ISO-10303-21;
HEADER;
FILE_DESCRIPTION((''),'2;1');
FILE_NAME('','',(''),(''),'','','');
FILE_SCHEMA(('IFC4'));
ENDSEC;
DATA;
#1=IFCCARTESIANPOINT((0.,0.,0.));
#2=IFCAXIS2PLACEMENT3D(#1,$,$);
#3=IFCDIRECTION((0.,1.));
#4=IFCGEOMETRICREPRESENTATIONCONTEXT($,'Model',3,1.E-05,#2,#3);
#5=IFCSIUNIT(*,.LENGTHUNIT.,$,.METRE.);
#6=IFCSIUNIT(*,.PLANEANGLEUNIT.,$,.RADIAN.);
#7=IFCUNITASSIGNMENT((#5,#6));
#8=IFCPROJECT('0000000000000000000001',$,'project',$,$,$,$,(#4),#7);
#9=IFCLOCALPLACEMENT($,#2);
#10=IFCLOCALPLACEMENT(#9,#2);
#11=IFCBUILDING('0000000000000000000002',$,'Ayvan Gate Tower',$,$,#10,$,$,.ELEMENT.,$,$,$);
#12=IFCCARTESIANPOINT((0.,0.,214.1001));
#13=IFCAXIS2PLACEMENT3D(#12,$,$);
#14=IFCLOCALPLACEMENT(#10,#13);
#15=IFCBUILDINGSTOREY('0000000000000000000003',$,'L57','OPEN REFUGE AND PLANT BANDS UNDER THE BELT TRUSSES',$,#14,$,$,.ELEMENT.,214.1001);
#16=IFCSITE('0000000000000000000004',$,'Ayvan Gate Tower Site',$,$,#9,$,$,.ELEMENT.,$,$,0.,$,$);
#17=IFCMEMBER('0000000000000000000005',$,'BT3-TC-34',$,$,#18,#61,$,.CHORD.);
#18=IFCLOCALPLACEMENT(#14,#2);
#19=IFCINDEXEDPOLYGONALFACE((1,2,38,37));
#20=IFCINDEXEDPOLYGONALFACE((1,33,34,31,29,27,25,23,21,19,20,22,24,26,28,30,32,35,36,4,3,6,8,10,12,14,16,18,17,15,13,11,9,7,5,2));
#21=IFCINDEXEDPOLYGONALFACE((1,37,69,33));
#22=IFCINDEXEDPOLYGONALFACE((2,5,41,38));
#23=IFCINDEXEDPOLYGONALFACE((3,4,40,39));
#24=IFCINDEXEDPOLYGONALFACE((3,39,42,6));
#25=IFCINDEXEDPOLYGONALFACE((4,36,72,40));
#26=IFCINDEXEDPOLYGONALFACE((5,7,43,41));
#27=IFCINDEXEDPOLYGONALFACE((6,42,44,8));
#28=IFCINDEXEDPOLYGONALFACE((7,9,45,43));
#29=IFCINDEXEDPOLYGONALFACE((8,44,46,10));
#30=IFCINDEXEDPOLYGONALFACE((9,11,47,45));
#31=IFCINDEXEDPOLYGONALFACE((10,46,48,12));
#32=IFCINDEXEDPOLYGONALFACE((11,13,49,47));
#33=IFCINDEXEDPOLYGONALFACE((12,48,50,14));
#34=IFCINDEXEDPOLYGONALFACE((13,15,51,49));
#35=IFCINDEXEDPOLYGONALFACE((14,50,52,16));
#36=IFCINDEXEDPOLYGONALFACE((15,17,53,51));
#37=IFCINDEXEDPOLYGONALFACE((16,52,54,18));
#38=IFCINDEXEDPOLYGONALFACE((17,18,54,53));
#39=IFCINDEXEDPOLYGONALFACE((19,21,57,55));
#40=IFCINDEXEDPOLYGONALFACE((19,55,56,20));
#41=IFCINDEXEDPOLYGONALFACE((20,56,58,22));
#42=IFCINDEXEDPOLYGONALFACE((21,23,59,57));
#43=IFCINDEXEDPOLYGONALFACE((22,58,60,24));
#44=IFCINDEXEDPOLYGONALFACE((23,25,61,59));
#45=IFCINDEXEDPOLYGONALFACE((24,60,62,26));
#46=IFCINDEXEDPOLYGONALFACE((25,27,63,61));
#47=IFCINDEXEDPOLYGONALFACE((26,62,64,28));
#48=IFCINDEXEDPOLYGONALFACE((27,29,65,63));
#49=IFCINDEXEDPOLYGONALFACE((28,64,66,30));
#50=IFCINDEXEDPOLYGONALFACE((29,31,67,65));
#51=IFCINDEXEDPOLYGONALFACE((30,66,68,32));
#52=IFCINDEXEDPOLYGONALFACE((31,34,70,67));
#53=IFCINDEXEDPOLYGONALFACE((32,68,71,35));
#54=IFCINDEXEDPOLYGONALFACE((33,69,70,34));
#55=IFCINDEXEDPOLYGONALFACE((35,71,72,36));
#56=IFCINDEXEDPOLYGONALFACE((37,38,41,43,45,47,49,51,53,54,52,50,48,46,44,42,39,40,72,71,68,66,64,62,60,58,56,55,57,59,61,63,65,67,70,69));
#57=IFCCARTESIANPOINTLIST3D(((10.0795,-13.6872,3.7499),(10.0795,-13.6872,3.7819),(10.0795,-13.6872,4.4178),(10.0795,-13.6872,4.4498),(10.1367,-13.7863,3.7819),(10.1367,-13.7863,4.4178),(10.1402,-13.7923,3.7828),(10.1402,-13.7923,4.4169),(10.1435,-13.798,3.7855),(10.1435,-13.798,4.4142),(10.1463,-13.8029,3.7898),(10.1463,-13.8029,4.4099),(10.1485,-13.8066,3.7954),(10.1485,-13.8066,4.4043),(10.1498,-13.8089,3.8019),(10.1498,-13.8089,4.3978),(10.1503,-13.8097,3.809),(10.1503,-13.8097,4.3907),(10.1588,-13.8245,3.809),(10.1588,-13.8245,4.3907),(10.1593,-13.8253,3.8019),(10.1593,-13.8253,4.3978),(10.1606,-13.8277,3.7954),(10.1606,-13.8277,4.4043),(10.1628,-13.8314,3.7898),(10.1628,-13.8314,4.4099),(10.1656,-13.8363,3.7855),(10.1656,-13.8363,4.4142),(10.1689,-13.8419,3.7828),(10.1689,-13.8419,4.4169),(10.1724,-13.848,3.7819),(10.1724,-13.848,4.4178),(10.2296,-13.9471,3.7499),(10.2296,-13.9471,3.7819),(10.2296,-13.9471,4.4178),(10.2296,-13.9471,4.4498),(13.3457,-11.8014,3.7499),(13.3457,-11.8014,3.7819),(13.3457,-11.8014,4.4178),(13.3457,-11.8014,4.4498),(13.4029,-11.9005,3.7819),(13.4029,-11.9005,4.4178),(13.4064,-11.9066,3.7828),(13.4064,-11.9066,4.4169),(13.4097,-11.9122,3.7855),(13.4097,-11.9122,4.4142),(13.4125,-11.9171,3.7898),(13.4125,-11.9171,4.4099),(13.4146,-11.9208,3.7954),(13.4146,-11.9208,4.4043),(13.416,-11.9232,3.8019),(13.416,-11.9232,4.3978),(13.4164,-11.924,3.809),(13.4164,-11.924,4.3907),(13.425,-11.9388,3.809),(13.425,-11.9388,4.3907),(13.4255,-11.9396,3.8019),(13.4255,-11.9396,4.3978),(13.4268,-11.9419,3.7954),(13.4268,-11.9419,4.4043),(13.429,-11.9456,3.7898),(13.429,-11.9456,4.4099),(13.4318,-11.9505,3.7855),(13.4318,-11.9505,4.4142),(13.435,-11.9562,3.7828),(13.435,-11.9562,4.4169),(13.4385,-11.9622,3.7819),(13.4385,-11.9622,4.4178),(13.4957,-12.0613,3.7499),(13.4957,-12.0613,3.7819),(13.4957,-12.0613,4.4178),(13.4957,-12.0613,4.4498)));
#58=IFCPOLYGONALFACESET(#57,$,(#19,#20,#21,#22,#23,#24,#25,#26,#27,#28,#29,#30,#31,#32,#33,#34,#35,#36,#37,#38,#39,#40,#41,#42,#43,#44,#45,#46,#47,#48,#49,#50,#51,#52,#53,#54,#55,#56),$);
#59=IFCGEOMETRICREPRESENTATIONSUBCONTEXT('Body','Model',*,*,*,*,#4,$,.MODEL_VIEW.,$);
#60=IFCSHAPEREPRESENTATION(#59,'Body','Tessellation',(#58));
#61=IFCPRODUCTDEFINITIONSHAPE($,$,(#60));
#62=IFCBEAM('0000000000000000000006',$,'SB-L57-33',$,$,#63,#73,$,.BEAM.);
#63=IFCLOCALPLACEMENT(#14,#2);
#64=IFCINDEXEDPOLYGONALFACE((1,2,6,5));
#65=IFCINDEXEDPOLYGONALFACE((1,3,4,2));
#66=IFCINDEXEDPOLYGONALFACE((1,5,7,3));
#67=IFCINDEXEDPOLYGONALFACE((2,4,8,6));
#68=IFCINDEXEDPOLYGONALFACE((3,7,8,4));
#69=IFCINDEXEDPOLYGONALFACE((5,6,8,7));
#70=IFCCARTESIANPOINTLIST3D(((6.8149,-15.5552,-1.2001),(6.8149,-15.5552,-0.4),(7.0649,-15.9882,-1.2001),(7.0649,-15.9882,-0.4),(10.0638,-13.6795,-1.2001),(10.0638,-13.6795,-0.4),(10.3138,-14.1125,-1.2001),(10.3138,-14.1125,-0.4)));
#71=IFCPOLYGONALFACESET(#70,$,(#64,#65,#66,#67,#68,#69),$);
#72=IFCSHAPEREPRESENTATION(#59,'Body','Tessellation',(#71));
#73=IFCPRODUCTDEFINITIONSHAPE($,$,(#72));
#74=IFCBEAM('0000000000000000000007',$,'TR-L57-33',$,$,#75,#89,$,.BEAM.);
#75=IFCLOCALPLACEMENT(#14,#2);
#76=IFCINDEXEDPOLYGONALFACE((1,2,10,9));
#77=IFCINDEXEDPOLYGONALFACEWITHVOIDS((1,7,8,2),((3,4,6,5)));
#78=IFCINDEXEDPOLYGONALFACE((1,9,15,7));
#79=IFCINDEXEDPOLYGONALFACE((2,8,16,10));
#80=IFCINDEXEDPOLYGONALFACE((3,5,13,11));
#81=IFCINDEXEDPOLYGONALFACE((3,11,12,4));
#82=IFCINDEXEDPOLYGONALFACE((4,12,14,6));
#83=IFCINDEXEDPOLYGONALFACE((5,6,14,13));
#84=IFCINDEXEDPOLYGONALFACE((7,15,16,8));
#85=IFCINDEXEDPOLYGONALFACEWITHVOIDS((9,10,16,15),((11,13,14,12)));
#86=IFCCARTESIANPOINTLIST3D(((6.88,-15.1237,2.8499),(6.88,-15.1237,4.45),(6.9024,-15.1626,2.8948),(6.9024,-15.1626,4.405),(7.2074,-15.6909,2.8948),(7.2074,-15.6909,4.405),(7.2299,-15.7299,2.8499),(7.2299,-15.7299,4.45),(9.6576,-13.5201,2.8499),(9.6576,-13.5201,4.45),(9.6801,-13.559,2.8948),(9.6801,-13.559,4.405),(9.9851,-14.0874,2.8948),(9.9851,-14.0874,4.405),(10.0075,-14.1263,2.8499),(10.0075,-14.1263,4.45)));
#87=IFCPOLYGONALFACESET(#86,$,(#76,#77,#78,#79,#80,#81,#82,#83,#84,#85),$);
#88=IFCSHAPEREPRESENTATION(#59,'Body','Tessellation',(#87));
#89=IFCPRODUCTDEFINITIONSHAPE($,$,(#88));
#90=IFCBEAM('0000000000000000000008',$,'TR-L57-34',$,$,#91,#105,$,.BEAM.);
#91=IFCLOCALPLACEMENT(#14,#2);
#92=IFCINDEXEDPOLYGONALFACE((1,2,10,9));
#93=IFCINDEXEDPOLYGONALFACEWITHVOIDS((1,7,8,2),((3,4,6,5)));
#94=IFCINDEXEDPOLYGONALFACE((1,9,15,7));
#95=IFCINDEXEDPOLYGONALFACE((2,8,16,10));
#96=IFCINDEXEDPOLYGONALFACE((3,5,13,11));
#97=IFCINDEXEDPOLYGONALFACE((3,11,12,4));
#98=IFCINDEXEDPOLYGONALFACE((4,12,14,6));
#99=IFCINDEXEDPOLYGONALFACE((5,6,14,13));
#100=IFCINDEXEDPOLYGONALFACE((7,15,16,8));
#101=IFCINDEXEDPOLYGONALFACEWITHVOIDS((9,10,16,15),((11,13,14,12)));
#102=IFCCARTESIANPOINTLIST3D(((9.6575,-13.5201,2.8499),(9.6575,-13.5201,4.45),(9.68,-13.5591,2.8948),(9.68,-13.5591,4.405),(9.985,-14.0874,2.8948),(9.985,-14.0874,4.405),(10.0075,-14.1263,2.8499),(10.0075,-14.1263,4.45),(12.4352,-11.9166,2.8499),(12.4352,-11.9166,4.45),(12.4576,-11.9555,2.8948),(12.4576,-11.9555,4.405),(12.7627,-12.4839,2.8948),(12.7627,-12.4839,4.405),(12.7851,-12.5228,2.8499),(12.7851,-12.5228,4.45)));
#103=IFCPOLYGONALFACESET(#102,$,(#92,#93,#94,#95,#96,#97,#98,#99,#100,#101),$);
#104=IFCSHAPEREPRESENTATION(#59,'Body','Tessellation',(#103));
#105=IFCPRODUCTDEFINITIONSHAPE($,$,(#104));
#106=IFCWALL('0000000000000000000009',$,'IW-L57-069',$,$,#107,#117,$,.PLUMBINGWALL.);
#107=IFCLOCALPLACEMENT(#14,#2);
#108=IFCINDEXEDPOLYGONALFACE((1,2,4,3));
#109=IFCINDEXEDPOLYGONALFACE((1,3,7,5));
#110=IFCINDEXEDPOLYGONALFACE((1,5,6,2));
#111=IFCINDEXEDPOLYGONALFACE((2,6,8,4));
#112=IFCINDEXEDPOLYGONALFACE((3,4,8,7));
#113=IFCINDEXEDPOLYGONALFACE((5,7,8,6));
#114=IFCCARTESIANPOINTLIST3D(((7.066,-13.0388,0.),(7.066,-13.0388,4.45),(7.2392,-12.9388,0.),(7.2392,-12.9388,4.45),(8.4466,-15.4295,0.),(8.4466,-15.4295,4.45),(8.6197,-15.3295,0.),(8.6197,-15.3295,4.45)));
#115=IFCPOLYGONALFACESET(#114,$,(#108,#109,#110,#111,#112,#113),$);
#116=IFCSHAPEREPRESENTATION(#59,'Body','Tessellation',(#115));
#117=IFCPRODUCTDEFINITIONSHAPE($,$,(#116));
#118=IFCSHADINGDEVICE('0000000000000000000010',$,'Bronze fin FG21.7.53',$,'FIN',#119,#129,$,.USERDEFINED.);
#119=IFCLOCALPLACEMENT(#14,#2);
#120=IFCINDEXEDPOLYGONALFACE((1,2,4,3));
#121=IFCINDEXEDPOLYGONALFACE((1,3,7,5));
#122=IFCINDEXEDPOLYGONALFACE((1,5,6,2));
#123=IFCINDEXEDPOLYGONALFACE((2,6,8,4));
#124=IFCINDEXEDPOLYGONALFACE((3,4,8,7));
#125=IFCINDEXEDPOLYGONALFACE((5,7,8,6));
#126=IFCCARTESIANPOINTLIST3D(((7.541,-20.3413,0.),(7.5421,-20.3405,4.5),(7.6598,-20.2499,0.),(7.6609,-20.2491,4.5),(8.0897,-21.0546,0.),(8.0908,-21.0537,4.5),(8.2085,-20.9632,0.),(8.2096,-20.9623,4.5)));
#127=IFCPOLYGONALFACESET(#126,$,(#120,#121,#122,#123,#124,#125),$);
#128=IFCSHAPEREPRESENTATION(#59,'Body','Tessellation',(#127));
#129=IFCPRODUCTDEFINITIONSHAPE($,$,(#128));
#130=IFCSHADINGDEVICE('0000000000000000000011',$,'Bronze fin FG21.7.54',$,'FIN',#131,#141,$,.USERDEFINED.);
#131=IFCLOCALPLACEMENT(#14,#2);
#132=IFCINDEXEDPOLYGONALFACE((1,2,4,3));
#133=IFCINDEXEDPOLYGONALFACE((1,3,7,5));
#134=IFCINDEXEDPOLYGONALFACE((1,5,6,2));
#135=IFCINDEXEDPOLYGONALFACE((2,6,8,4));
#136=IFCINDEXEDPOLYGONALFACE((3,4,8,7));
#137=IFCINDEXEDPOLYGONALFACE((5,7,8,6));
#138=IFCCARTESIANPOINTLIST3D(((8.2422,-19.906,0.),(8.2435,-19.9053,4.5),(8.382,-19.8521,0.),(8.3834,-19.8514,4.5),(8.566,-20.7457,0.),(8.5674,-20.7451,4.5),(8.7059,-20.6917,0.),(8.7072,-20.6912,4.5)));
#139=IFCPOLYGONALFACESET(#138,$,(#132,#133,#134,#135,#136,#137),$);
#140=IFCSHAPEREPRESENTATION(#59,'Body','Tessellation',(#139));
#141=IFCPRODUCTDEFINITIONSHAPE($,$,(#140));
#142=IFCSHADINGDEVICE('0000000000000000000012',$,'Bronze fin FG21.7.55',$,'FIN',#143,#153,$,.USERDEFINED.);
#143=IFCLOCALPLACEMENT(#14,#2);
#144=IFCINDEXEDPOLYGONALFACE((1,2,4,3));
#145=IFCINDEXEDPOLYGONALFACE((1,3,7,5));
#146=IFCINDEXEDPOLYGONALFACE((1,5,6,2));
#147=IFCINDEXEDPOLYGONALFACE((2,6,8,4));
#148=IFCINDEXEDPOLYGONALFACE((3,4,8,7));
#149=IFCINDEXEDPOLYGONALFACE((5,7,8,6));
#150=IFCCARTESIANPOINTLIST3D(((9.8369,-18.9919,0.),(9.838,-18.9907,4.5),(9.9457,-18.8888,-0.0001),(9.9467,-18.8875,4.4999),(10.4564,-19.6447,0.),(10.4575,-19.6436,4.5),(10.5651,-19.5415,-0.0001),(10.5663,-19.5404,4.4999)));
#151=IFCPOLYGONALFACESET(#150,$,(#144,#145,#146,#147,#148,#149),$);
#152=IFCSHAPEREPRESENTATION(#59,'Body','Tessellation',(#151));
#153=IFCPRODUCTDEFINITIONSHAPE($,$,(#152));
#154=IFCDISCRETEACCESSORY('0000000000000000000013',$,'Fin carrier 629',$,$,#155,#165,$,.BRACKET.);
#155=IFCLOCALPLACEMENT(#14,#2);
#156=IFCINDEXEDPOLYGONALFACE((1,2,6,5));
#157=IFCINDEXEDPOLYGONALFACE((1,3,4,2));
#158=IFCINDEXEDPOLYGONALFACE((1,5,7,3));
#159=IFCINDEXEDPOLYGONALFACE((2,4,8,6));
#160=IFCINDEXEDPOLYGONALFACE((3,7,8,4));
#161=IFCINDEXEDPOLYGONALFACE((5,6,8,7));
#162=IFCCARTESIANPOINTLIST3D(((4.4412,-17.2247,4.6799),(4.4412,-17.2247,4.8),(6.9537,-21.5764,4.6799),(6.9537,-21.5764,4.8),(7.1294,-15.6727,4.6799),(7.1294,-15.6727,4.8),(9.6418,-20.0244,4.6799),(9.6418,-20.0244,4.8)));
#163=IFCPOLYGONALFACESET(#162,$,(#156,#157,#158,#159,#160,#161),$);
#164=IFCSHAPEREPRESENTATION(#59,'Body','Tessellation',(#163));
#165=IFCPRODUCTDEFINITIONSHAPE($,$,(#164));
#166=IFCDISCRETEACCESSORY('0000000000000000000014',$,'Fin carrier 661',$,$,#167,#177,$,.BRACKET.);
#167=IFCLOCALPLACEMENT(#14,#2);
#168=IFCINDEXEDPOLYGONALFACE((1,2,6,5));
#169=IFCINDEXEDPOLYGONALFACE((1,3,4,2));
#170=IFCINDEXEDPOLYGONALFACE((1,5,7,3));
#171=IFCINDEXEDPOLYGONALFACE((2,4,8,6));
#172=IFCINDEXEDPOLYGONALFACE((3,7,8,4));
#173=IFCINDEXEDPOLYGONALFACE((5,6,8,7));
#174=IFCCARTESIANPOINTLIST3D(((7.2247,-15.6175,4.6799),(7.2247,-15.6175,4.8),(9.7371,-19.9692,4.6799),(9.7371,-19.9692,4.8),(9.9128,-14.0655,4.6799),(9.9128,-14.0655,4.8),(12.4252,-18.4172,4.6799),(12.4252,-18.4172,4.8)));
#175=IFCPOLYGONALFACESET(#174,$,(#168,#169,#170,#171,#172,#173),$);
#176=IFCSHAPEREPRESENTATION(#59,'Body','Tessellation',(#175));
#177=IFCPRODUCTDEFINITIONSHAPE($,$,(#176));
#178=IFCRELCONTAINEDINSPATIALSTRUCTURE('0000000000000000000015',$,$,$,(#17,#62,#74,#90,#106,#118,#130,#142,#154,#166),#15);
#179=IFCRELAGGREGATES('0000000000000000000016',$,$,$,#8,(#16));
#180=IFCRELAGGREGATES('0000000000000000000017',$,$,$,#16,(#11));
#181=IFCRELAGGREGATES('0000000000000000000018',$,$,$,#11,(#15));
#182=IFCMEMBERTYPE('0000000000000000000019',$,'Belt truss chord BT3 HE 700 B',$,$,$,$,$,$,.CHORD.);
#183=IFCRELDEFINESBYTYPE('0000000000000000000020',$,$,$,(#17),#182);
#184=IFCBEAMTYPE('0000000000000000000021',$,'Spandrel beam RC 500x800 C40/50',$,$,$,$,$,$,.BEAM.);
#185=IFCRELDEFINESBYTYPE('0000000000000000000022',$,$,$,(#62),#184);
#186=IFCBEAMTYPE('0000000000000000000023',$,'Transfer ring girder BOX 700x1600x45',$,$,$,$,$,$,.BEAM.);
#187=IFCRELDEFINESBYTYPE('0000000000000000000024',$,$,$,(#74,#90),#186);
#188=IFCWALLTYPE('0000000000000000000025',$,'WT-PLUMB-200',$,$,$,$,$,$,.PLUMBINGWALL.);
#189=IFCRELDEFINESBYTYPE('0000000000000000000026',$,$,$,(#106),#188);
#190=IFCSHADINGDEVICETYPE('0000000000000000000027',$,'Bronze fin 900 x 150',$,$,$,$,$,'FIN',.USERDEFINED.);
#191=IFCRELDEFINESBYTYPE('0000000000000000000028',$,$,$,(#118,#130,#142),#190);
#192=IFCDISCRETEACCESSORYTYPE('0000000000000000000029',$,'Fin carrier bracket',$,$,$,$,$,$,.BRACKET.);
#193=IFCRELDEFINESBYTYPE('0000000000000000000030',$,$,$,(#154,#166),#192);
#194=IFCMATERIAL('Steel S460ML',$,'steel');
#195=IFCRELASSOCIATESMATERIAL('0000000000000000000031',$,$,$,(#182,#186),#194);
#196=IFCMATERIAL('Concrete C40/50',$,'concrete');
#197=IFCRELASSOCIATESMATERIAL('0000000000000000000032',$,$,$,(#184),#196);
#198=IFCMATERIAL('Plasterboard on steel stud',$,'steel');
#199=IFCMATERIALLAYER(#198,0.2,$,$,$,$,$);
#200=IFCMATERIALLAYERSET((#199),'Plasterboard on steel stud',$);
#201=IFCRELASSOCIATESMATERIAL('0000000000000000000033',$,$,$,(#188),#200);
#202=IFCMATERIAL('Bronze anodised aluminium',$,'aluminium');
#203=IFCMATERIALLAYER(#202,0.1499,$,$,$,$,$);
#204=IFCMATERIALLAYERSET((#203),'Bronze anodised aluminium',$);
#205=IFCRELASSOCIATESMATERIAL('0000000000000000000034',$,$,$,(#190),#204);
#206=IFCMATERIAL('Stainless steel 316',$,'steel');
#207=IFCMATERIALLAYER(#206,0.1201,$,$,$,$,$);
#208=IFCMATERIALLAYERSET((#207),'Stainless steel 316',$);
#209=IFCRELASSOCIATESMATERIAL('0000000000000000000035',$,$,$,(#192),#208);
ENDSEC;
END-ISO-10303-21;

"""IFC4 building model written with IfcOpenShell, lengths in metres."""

from ifc_helpers import new_model, si_unit, direction, frame, frame_2d, origin, origin_2d, place, context, subcontext, project, spatial, polyline, rectangle, hollow_rectangle, i_section, outline, extrude, material, layer, layer_set, material_profile, profile_set, type_object, element, save


model = new_model("IFC4")

# Units and contexts
model_context = context("Model", 3, precision=1e-05, world=origin(), true_north=direction((0.0, 1.0)))
body_context = subcontext(model_context, "Body", "Model", "MODEL_VIEW")
ifc_project = project(units=[si_unit("LENGTHUNIT", "METRE"), si_unit("PLANEANGLEUNIT", "RADIAN")], contexts=[model_context])

# Site, building, storey
site_placement = place(None, origin())
site = spatial("IfcSite", under=ifc_project, at=site_placement, Name="Ayvan Gate Tower Site", CompositionType="ELEMENT", RefElevation=0.0)
building_placement = place(site_placement, origin())
building = spatial("IfcBuilding", under=site, at=building_placement, Name="Ayvan Gate Tower", CompositionType="ELEMENT")
storey_placement = place(building_placement, frame((0.0, 0.0, 214.1001)))
storey = spatial("IfcBuildingStorey", under=building, at=storey_placement, Name="L57", Description="OPEN REFUGE AND PLANT BANDS UNDER THE BELT TRUSSES", CompositionType="ELEMENT", Elevation=214.1001)

# Member
ifc_material_1 = material(Name="Steel S460ML", Category="steel")
ifc_material_profile_1 = material_profile(ifc_material_1, i_section(OverallWidth=0.3, OverallDepth=0.7, WebThickness=0.0171, FlangeThickness=0.032, FilletRadius=0.0271, at=origin_2d()), Name="HE 700 B")
ifc_profile_set_1 = profile_set([ifc_material_profile_1], Name="Steel S460ML")
member_type_1 = type_object("IfcMemberType", Name="Belt truss chord BT3 HE 700 B", PredefinedType="CHORD", material=ifc_profile_set_1)
member_1_placement = place(storey_placement, frame((10.1545, -13.8171, 4.0999), z_axis=(0.86602, 0.50001, 0.0), x_axis=(-0.50001, 0.86602, 0.0)))
element("IfcMember", 1, at=member_1_placement, inside=storey, type_object=member_type_1, Name="BT3-TC-34", PredefinedType="CHORD", context=body_context, shape_type="SweptSolid", body=[
    extrude(i_section(OverallWidth=0.3, OverallDepth=0.7, WebThickness=0.0171, FlangeThickness=0.032, FilletRadius=0.0271, at=origin_2d()), origin(), (0.0, 0.0, 1.0), 3.7715),
])

# Beams
ifc_material_2 = material(Name="Concrete C40/50", Category="concrete")
ifc_material_profile_2 = material_profile(ifc_material_2, rectangle(XDim=0.5, YDim=0.8, at=origin_2d()), Name="RC 500x800")
ifc_profile_set_2 = profile_set([ifc_material_profile_2], Name="Concrete C40/50")
beam_type_1 = type_object("IfcBeamType", Name="Spandrel beam RC 500x800 C40/50", PredefinedType="BEAM", material=ifc_profile_set_2)
beam_placement = place(storey_placement, frame((6.9399, -15.7717, -0.8), z_axis=(0.86602, 0.50001, 0.0), x_axis=(-0.50001, 0.86602, 0.0)))
element("IfcBeam", 2, at=beam_placement, inside=storey, type_object=beam_type_1, Name="SB-L57-33", PredefinedType="BEAM", context=body_context, shape_type="SweptSolid", body=[
    extrude(rectangle(XDim=0.5, YDim=0.8, at=origin_2d()), origin(), (0.0, 0.0, 1.0), 3.7515),
])
ifc_material_profile_3 = material_profile(ifc_material_1, hollow_rectangle(XDim=0.7, YDim=1.6001, WallThickness=0.0449, at=origin_2d()), Name="BOX 700x1600x45")
ifc_profile_set_3 = profile_set([ifc_material_profile_3], Name="Steel S460ML")
beam_type_2 = type_object("IfcBeamType", Name="Transfer ring girder BOX 700x1600x45", PredefinedType="BEAM", material=ifc_profile_set_3)
for number, where, z_axis, x_axis, name in (
    (3, (7.0549, -15.4268, 3.6499), (0.866042, 0.499971, 0.0), (-0.499971, 0.866042, 0.0), "TR-L57-33"),
    (4, (9.8325, -13.8232, 3.6499), (0.866042, 0.499971, 0.0), (-0.499971, 0.866042, 0.0), "TR-L57-34"),
):
    element("IfcBeam", number, at=place(storey_placement, frame(where, z_axis=z_axis, x_axis=x_axis)), inside=storey, type_object=beam_type_2, Name=name, PredefinedType="BEAM", context=body_context, shape_type="SweptSolid", body=[
        extrude(hollow_rectangle(XDim=0.7, YDim=1.6001, WallThickness=0.0449, at=origin_2d()), origin(), (0.0, 0.0, 1.0), 3.2073),
    ])

# Wall
ifc_material_3 = material(Name="Plasterboard on steel stud", Category="steel")
ifc_layer_1 = layer(ifc_material_3, 0.2)
ifc_layer_set_1 = layer_set([ifc_layer_1], Name="Plasterboard on steel stud")
wall_type = type_object("IfcWallType", Name="WT-PLUMB-200", PredefinedType="PLUMBINGWALL", material=ifc_layer_set_1)
wall_placement = place(storey_placement, frame((7.1526, -12.9888, 0.0), z_axis=(0.0, 0.0, 1.0), x_axis=(0.500067, -0.865987, 0.0)))
element("IfcWall", 5, at=wall_placement, inside=storey, type_object=wall_type, Name="IW-L57-069", PredefinedType="PLUMBINGWALL", context=body_context, shape_type="SweptSolid", body=[
    extrude(rectangle(XDim=2.7607, YDim=0.2, at=frame_2d((1.3804, 0.0))), origin(), (0.0, 0.0, 1.0), 4.45),
])

# Shading devices
ifc_material_4 = material(Name="Bronze anodised aluminium", Category="aluminium")
ifc_layer_2 = layer(ifc_material_4, 0.1499)
ifc_layer_set_2 = layer_set([ifc_layer_2], Name="Bronze anodised aluminium")
shading_device_type = type_object("IfcShadingDeviceType", Name="Bronze fin 900 x 150", ElementType="FIN", PredefinedType="USERDEFINED", material=ifc_layer_set_2)
shading_device_1_placement = place(storey_placement, frame((7.541, -20.3413, 0.0), z_axis=(-0.792599, -0.609744, 0.000309), x_axis=(0.609744, -0.792599, 0.0)))
element("IfcShadingDevice", 6, at=shading_device_1_placement, inside=storey, type_object=shading_device_type, Name="Bronze fin FG21.7.53", ObjectType="FIN", PredefinedType="USERDEFINED", context=body_context, shape_type="SweptSolid", body=[
    extrude(outline(polyline([(0.0, 0.0), (0.8999, 0.0), (0.8999, 4.5), (0.0, 4.5), (0.0, 0.0)])), origin(), (0.0, 0.0, -1.0), 0.1499),
])
shading_device_2_placement = place(storey_placement, frame((8.2422, -19.906, 0.0), z_axis=(-0.933017, -0.359833, 0.000327), x_axis=(0.359833, -0.933017, 0.0)))
element("IfcShadingDevice", 7, at=shading_device_2_placement, inside=storey, type_object=shading_device_type, Name="Bronze fin FG21.7.54", ObjectType="FIN", PredefinedType="USERDEFINED", context=body_context, shape_type="SweptSolid", body=[
    extrude(outline(polyline([(0.0, 0.0), (0.8999, 0.0), (0.8999, 4.5), (-0.0002, 4.5), (0.0, 0.0)])), origin(), (0.0, 0.0, -1.0), 0.1499),
])
shading_device_3_placement = place(storey_placement, frame((9.8369, -18.9919, 0.0), z_axis=(-0.725379, -0.68835, 0.000364), x_axis=(0.68835, -0.725379, 0.0)))
element("IfcShadingDevice", 8, at=shading_device_3_placement, inside=storey, type_object=shading_device_type, Name="Bronze fin FG21.7.55", ObjectType="FIN", PredefinedType="USERDEFINED", context=body_context, shape_type="SweptSolid", body=[
    extrude(outline(polyline([(0.0, 0.0), (0.8999, 0.0), (0.8999, 4.5), (-0.0002, 4.5), (0.0, 0.0)])), origin(), (0.0, 0.0, -1.0), 0.1499),
])

# Discrete accessories
ifc_material_5 = material(Name="Stainless steel 316", Category="steel")
ifc_layer_3 = layer(ifc_material_5, 0.1201)
ifc_layer_set_3 = layer_set([ifc_layer_3], Name="Stainless steel 316")
discrete_accessory_type_1 = type_object("IfcDiscreteAccessoryType", Name="Fin carrier bracket", PredefinedType="BRACKET", material=ifc_layer_set_3)
for number, where, z_axis, x_axis, name in (
    (9, (7.0415, -18.6245, 4.6799), (0.0, 0.0, 1.0), (0.866025, 0.5, 0.0), "Fin carrier 629"),
    (10, (9.825, -17.0173, 4.6799), (0.0, 0.0, 1.0), (0.866025, 0.5, 0.0), "Fin carrier 661"),
):
    element("IfcDiscreteAccessory", number, at=place(storey_placement, frame(where, z_axis=z_axis, x_axis=x_axis)), inside=storey, type_object=discrete_accessory_type_1, Name=name, PredefinedType="BRACKET", context=body_context, shape_type="SweptSolid", body=[
        extrude(rectangle(XDim=3.104, YDim=5.0249, at=origin_2d()), origin(), (0.0, 0.0, 1.0), 0.1201),
    ])

save(model, "model.ifc")
